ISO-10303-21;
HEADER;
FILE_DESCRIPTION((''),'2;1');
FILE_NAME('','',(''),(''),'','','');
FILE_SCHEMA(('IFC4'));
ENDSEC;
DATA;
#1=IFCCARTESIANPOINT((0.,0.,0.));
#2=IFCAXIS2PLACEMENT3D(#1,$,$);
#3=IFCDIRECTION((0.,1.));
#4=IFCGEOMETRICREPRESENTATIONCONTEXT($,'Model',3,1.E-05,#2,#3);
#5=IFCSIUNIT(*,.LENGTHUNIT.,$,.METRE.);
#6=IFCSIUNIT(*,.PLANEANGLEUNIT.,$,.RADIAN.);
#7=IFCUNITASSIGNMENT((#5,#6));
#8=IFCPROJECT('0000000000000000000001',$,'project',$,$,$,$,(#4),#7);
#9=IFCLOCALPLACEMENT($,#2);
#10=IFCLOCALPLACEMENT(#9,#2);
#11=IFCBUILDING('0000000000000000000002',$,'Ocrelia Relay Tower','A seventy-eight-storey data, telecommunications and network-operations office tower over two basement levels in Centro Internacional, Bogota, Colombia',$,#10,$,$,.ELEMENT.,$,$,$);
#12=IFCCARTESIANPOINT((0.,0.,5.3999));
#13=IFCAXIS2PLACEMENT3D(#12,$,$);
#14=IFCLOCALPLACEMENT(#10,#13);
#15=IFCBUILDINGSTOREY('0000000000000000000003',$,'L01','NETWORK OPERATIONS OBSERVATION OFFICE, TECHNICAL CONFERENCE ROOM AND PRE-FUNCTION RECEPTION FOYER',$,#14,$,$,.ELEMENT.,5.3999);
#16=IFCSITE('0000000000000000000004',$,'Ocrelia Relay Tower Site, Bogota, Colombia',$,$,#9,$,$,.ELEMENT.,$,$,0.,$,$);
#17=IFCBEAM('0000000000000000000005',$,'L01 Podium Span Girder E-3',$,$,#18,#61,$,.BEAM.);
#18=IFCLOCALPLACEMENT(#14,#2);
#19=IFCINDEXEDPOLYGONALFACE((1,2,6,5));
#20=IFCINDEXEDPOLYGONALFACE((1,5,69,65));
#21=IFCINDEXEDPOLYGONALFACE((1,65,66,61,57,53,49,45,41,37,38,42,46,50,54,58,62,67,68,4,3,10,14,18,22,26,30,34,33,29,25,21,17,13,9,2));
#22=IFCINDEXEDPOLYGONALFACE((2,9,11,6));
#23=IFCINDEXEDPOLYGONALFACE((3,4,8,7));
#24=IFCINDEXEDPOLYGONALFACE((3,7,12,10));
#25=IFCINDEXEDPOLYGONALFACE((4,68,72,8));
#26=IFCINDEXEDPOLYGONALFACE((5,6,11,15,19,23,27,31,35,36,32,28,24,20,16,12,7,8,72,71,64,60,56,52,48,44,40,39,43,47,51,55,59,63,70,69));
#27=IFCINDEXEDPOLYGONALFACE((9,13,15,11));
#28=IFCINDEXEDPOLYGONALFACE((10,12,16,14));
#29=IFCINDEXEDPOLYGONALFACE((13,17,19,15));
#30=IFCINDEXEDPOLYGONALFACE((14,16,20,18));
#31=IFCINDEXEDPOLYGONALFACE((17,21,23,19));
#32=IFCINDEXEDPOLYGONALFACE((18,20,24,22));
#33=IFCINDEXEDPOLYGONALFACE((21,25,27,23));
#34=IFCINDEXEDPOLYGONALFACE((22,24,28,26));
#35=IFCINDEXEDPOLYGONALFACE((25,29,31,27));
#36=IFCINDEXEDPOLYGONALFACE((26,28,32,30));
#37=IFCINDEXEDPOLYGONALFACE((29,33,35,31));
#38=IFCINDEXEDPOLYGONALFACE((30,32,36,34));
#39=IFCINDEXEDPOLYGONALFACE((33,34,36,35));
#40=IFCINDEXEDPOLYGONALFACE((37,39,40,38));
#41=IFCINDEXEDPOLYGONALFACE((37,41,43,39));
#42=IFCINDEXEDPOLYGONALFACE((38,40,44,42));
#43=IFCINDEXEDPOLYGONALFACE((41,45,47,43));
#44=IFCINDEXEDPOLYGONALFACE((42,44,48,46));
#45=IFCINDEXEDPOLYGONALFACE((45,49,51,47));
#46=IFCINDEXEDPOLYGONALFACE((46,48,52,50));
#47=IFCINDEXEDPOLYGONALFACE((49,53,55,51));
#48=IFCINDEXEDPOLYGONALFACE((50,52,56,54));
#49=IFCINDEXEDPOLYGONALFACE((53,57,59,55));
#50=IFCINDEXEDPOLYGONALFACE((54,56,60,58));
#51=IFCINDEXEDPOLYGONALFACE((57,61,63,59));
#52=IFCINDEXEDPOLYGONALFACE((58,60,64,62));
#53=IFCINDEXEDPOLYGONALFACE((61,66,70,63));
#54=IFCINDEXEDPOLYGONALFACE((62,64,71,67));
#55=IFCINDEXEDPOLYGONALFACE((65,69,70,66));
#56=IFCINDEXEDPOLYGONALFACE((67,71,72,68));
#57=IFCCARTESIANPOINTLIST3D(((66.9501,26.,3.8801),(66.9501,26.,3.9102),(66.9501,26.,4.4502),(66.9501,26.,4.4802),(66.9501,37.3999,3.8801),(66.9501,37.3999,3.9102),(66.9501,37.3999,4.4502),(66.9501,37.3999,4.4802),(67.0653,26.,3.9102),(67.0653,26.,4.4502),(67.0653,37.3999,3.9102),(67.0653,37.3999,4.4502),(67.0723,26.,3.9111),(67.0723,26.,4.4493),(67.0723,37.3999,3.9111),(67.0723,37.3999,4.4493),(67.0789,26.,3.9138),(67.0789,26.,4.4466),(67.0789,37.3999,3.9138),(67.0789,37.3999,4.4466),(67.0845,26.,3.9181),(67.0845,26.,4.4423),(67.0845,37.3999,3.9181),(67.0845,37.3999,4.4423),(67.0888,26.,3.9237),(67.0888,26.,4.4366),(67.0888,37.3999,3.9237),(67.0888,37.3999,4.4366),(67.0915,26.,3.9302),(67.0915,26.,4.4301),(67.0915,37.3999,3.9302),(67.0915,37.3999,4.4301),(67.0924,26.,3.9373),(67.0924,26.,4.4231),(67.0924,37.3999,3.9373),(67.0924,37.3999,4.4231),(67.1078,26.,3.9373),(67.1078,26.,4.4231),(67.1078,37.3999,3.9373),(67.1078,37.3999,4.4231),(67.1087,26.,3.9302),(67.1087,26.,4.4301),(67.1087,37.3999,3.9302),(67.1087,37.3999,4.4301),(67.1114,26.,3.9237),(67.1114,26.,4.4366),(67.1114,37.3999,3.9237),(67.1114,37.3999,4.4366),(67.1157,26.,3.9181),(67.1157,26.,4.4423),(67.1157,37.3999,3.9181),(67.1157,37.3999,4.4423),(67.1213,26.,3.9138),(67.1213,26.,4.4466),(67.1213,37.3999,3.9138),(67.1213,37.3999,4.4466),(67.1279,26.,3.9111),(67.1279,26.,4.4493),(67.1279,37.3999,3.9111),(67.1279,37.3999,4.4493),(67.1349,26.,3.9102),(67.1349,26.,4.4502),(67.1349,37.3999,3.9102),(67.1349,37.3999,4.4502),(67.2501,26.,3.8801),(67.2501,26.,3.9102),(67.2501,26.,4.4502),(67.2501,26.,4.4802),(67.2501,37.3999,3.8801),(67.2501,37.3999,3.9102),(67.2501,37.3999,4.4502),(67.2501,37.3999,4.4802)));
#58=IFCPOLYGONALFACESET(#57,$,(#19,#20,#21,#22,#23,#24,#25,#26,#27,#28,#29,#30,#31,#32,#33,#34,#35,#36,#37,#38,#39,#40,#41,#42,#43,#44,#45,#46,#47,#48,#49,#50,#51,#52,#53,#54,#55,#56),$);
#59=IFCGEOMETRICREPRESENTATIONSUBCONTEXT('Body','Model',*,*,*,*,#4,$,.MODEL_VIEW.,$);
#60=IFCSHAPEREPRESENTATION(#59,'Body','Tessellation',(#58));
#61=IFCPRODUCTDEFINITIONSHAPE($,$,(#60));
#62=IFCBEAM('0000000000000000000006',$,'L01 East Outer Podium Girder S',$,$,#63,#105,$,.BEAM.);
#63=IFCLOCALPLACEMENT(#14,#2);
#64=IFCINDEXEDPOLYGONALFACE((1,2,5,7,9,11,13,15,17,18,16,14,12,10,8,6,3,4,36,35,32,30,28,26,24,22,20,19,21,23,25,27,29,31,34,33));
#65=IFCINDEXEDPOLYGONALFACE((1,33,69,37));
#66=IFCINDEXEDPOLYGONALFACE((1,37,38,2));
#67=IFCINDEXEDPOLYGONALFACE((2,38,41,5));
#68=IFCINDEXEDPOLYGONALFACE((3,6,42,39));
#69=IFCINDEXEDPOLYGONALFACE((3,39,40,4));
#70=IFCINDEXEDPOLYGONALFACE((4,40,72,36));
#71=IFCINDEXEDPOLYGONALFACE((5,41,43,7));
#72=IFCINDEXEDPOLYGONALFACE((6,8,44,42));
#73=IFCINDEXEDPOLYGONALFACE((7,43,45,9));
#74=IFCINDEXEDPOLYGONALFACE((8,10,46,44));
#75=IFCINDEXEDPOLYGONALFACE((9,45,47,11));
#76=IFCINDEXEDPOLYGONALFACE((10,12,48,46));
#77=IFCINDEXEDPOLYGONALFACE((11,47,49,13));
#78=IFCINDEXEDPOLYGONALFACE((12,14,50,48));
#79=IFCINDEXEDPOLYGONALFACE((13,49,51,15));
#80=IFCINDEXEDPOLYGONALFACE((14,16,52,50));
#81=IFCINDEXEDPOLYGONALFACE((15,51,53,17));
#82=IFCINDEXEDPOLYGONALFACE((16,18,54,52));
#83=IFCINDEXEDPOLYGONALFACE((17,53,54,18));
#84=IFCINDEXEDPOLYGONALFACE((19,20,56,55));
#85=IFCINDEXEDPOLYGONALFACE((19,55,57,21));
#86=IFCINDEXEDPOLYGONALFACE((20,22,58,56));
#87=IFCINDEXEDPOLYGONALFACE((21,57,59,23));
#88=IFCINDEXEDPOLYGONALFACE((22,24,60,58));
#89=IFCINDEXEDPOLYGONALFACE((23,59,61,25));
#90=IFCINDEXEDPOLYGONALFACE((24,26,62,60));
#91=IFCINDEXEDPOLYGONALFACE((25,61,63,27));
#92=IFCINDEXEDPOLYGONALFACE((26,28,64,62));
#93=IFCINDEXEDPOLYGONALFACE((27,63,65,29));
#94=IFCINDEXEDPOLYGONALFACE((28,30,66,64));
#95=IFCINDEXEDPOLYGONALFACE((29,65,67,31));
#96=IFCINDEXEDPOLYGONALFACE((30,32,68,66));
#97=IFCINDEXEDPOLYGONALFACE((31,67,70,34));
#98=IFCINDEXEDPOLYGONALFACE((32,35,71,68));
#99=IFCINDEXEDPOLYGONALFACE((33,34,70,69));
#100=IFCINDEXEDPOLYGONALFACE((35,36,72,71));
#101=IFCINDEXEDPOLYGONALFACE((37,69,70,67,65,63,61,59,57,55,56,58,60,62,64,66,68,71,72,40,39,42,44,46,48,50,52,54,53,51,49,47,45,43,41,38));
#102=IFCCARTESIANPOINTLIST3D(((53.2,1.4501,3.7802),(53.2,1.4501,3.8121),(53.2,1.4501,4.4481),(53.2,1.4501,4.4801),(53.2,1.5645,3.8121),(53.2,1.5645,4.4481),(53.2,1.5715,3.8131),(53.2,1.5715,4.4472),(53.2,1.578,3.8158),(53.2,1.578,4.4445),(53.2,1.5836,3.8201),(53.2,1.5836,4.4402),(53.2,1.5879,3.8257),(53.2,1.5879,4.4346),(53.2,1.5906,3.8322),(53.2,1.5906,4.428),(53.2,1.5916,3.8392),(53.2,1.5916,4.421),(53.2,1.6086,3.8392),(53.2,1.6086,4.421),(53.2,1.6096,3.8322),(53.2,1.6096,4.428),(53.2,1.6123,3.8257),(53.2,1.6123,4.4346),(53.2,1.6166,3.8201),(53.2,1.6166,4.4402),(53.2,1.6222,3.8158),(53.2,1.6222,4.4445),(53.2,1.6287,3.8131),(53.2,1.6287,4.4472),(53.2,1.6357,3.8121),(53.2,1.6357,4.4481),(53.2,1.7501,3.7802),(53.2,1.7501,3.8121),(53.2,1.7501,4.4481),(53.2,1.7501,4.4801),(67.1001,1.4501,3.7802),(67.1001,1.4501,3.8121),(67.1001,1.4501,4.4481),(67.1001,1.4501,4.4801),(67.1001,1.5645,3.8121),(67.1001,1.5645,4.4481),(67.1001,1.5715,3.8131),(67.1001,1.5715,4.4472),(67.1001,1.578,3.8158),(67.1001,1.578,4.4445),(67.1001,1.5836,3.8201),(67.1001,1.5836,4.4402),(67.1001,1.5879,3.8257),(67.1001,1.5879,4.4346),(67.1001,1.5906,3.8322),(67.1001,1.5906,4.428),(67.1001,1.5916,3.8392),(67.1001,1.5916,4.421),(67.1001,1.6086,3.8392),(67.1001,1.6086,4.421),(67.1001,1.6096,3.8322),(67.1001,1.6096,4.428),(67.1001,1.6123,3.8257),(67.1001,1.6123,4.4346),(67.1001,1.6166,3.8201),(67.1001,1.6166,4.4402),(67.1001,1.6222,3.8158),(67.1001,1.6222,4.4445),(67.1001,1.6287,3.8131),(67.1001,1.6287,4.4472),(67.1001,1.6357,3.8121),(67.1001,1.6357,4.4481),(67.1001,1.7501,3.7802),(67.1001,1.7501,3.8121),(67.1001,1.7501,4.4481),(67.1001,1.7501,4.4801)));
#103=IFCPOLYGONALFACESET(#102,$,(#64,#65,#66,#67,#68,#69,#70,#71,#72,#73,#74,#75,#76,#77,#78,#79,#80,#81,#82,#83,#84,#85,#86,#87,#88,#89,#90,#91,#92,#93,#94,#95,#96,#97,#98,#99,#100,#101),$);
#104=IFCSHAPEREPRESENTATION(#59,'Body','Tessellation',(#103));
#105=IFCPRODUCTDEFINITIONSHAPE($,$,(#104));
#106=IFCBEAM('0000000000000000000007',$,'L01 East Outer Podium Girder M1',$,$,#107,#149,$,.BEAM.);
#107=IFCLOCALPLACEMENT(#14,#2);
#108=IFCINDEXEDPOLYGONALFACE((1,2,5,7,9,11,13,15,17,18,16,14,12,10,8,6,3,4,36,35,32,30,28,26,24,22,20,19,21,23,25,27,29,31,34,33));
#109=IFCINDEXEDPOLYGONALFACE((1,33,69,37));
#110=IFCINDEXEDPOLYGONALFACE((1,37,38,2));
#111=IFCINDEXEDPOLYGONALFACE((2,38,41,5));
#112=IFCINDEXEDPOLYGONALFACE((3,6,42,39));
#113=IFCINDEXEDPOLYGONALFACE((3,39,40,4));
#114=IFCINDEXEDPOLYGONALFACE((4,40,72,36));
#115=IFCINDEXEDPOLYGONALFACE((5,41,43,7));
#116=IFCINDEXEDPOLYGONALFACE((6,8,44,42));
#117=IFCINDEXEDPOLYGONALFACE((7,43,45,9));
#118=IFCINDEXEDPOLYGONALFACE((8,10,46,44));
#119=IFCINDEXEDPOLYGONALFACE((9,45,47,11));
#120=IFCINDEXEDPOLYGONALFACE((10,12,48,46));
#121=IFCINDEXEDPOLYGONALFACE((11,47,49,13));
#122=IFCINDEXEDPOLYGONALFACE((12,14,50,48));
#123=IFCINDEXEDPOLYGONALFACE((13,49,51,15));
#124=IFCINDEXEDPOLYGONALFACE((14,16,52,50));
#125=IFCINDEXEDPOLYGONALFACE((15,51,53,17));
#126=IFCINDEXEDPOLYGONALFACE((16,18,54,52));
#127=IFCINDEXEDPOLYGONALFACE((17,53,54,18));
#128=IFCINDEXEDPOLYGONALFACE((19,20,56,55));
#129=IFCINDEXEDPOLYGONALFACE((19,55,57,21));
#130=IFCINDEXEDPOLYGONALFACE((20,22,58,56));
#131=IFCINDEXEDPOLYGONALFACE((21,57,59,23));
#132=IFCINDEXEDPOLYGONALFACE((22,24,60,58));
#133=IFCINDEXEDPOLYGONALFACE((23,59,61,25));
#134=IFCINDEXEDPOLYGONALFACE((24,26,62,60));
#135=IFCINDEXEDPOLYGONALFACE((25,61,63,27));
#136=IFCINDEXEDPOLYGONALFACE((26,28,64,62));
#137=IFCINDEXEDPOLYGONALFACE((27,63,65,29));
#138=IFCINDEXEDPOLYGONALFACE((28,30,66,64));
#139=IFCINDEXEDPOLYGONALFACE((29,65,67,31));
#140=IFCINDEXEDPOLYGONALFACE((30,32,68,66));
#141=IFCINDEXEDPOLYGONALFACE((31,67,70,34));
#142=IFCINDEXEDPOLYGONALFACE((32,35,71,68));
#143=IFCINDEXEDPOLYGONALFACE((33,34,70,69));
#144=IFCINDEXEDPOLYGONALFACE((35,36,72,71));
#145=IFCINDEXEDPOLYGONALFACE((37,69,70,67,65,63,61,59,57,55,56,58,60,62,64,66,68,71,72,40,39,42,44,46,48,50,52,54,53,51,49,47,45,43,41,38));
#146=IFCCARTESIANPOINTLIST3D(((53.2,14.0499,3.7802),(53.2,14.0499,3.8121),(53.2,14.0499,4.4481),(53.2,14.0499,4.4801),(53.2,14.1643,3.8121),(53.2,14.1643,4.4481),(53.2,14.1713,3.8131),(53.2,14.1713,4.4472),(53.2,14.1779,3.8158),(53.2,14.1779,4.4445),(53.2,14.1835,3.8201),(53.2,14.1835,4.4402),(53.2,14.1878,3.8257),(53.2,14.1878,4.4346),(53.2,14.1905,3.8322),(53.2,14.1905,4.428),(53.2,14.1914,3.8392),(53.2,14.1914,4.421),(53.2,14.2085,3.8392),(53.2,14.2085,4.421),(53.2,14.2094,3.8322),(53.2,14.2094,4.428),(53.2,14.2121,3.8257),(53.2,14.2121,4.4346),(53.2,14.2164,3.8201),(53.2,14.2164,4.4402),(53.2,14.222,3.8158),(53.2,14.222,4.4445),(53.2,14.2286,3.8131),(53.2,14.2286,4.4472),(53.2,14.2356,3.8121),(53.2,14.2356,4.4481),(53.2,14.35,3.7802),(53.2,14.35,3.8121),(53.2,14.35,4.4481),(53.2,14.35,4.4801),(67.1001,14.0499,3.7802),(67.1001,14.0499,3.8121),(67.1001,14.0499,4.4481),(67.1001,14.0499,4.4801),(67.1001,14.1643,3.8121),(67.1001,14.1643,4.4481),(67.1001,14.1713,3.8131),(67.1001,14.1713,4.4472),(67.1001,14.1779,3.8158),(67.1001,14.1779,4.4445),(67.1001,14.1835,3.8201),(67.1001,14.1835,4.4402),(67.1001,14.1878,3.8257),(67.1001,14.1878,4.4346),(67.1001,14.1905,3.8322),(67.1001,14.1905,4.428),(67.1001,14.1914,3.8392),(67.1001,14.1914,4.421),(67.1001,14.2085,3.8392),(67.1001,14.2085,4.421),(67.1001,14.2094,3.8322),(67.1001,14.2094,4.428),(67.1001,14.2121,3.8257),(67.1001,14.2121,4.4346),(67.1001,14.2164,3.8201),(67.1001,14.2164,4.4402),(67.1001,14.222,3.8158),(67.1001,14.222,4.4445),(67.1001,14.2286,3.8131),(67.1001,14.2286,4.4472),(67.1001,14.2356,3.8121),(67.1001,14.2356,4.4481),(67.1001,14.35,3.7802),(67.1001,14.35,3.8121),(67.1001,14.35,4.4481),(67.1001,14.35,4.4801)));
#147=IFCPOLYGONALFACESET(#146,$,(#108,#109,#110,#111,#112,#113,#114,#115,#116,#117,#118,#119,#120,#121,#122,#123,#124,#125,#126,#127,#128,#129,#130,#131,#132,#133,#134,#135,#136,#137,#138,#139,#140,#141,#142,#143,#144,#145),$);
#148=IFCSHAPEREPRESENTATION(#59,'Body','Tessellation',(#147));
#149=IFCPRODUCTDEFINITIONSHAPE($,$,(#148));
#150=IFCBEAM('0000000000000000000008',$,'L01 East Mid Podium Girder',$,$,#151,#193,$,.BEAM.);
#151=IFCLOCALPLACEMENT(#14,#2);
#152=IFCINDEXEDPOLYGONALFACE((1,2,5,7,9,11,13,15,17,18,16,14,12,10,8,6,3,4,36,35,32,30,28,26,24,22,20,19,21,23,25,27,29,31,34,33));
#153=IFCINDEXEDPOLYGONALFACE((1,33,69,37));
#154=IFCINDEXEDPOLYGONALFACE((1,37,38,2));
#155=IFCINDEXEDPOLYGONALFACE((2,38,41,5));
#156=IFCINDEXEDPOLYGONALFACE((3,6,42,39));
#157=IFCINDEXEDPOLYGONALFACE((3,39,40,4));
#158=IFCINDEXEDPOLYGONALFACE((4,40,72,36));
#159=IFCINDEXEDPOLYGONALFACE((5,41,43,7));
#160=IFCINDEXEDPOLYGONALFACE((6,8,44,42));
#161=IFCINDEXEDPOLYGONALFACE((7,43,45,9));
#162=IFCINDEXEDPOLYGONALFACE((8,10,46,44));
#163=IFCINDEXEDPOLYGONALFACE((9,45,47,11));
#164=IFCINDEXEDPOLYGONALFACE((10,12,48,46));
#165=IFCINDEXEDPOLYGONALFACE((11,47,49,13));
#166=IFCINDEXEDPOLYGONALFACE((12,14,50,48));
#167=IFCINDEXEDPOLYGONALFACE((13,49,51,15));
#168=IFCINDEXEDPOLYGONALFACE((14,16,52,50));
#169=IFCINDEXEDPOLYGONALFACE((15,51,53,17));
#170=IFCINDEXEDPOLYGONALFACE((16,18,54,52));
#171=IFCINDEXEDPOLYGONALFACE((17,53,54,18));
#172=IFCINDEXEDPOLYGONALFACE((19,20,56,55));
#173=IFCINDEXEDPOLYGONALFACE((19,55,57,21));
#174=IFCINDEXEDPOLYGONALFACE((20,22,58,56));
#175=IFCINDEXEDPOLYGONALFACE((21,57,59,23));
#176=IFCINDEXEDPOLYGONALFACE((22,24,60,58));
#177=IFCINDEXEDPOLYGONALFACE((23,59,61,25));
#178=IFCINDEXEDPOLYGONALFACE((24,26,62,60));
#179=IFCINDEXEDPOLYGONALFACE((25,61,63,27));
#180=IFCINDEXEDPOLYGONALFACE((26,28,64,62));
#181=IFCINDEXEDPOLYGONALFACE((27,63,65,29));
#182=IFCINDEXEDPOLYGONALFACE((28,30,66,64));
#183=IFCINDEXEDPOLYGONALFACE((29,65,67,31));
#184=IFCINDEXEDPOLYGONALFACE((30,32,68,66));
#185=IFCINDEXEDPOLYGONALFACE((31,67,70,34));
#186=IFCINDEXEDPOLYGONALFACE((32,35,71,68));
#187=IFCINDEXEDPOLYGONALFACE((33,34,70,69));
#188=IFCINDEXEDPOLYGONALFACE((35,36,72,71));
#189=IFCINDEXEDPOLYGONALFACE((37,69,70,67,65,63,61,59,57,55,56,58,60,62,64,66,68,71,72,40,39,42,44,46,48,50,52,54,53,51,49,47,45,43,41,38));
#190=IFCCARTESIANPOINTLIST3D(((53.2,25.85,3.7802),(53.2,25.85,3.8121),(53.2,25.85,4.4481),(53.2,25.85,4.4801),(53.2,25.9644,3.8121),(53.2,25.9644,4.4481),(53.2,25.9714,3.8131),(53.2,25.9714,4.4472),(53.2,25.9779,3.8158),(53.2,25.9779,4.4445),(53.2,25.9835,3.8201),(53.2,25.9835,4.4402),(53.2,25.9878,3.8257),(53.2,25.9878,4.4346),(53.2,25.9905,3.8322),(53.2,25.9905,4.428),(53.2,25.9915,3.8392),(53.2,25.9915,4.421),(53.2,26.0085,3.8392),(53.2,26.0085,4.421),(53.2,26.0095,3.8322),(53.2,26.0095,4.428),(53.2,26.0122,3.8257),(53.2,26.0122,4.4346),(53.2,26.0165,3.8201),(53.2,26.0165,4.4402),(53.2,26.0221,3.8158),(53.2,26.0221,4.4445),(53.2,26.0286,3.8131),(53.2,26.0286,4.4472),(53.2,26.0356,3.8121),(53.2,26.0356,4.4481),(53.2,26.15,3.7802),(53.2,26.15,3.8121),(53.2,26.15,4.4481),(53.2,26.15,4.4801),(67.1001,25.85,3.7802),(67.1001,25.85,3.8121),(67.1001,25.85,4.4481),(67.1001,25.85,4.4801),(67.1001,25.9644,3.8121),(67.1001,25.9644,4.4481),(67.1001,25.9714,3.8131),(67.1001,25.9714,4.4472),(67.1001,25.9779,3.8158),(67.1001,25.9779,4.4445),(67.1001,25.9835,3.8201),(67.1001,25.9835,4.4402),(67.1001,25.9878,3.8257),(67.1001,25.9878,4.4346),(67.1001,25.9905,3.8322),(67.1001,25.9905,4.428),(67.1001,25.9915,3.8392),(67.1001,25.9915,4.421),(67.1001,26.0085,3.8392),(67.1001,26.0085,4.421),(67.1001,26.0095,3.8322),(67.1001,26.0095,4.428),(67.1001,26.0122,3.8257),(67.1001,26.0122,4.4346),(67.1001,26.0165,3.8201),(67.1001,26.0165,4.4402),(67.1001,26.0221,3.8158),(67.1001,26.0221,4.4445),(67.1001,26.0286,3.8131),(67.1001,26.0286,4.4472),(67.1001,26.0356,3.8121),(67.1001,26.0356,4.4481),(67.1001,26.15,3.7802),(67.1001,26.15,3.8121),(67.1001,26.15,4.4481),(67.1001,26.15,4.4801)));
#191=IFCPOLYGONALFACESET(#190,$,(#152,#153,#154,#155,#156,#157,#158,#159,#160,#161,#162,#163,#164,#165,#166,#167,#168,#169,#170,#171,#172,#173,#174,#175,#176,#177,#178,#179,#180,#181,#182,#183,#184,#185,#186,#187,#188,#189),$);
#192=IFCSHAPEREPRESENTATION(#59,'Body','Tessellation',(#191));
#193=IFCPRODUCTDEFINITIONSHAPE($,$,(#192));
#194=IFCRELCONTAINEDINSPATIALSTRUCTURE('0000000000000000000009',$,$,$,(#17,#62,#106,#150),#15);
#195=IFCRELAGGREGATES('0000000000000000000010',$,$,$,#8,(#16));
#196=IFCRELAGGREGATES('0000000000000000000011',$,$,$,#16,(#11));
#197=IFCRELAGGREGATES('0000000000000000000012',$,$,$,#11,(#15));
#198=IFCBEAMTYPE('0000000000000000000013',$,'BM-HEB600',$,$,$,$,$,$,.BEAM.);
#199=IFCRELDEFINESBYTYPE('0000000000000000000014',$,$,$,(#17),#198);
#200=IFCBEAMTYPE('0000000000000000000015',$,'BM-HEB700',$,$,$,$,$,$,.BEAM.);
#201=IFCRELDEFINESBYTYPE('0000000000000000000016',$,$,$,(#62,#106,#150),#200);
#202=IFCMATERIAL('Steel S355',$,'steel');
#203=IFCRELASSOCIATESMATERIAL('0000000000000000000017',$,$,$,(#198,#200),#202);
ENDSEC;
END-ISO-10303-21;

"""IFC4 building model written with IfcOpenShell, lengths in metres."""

from ifc_helpers import new_model, si_unit, direction, frame, origin, origin_2d, place, context, subcontext, project, spatial, i_section, extrude, material, material_profile, profile_set, type_object, element, save


model = new_model("IFC4")

# Units and contexts
model_context = context("Model", 3, precision=1e-05, world=origin(), true_north=direction((0.0, 1.0)))
body_context = subcontext(model_context, "Body", "Model", "MODEL_VIEW")
ifc_project = project(units=[si_unit("LENGTHUNIT", "METRE"), si_unit("PLANEANGLEUNIT", "RADIAN")], contexts=[model_context])

# Site, building, storey
site_placement = place(None, origin())
site = spatial("IfcSite", under=ifc_project, at=site_placement, Name="Ocrelia Relay Tower Site, Bogota, Colombia", CompositionType="ELEMENT", RefElevation=0.0)
building_placement = place(site_placement, origin())
building = spatial("IfcBuilding", under=site, at=building_placement, Name="Ocrelia Relay Tower", Description="A seventy-eight-storey data, telecommunications and network-operations office tower over two basement levels in Centro Internacional, Bogota, Colombia", CompositionType="ELEMENT")
storey_placement = place(building_placement, frame((0.0, 0.0, 5.3999)))
storey = spatial("IfcBuildingStorey", under=building, at=storey_placement, Name="L01", Description="NETWORK OPERATIONS OBSERVATION OFFICE, TECHNICAL CONFERENCE ROOM AND PRE-FUNCTION RECEPTION FOYER", CompositionType="ELEMENT", Elevation=5.3999)

# Beams
ifc_material_1 = material(Name="Steel S355", Category="steel")
ifc_material_profile_1 = material_profile(ifc_material_1, i_section(OverallWidth=0.3, OverallDepth=0.6001, WebThickness=0.0154, FlangeThickness=0.03, FilletRadius=0.0271, at=origin_2d()), Name="HEB 600")
ifc_profile_set_1 = profile_set([ifc_material_profile_1], Name="Steel S355")
beam_type_1 = type_object("IfcBeamType", Name="BM-HEB600", PredefinedType="BEAM", material=ifc_profile_set_1)
beam_1_placement = place(storey_placement, frame((67.1001, 26.0, 4.1802), z_axis=(0.0, 1.0, 0.0), x_axis=(-1.0, 0.0, 0.0)))
element("IfcBeam", 1, at=beam_1_placement, inside=storey, type_object=beam_type_1, Name="L01 Podium Span Girder E-3", PredefinedType="BEAM", context=body_context, shape_type="SweptSolid", body=[
    extrude(i_section(OverallWidth=0.3, OverallDepth=0.6001, WebThickness=0.0154, FlangeThickness=0.03, FilletRadius=0.0271, at=origin_2d()), origin(), (0.0, 0.0, 1.0), 11.3999),
])
ifc_material_profile_2 = material_profile(ifc_material_1, i_section(OverallWidth=0.3, OverallDepth=0.7, WebThickness=0.0171, FlangeThickness=0.032, FilletRadius=0.0271, at=origin_2d()), Name="HEB 700")
ifc_profile_set_2 = profile_set([ifc_material_profile_2], Name="Steel S355")
beam_type_2 = type_object("IfcBeamType", Name="BM-HEB700", PredefinedType="BEAM", material=ifc_profile_set_2)
for number, where, z_axis, x_axis, name in (
    (2, (53.2, 1.6001, 4.1301), (1.0, 0.0, 0.0), (0.0, 1.0, 0.0), "L01 East Outer Podium Girder S"),
    (3, (53.2, 14.2, 4.1301), (1.0, 0.0, 0.0), (0.0, 1.0, 0.0), "L01 East Outer Podium Girder M1"),
    (4, (53.2, 26.0, 4.1301), (1.0, 0.0, 0.0), (0.0, 1.0, 0.0), "L01 East Mid Podium Girder"),
):
    element("IfcBeam", number, at=place(storey_placement, frame(where, z_axis=z_axis, x_axis=x_axis)), inside=storey, type_object=beam_type_2, Name=name, PredefinedType="BEAM", context=body_context, shape_type="SweptSolid", body=[
        extrude(i_section(OverallWidth=0.3, OverallDepth=0.7, WebThickness=0.0171, FlangeThickness=0.032, FilletRadius=0.0271, at=origin_2d()), origin(), (0.0, 0.0, 1.0), 13.9001),
    ])

save(model, "model.ifc")
